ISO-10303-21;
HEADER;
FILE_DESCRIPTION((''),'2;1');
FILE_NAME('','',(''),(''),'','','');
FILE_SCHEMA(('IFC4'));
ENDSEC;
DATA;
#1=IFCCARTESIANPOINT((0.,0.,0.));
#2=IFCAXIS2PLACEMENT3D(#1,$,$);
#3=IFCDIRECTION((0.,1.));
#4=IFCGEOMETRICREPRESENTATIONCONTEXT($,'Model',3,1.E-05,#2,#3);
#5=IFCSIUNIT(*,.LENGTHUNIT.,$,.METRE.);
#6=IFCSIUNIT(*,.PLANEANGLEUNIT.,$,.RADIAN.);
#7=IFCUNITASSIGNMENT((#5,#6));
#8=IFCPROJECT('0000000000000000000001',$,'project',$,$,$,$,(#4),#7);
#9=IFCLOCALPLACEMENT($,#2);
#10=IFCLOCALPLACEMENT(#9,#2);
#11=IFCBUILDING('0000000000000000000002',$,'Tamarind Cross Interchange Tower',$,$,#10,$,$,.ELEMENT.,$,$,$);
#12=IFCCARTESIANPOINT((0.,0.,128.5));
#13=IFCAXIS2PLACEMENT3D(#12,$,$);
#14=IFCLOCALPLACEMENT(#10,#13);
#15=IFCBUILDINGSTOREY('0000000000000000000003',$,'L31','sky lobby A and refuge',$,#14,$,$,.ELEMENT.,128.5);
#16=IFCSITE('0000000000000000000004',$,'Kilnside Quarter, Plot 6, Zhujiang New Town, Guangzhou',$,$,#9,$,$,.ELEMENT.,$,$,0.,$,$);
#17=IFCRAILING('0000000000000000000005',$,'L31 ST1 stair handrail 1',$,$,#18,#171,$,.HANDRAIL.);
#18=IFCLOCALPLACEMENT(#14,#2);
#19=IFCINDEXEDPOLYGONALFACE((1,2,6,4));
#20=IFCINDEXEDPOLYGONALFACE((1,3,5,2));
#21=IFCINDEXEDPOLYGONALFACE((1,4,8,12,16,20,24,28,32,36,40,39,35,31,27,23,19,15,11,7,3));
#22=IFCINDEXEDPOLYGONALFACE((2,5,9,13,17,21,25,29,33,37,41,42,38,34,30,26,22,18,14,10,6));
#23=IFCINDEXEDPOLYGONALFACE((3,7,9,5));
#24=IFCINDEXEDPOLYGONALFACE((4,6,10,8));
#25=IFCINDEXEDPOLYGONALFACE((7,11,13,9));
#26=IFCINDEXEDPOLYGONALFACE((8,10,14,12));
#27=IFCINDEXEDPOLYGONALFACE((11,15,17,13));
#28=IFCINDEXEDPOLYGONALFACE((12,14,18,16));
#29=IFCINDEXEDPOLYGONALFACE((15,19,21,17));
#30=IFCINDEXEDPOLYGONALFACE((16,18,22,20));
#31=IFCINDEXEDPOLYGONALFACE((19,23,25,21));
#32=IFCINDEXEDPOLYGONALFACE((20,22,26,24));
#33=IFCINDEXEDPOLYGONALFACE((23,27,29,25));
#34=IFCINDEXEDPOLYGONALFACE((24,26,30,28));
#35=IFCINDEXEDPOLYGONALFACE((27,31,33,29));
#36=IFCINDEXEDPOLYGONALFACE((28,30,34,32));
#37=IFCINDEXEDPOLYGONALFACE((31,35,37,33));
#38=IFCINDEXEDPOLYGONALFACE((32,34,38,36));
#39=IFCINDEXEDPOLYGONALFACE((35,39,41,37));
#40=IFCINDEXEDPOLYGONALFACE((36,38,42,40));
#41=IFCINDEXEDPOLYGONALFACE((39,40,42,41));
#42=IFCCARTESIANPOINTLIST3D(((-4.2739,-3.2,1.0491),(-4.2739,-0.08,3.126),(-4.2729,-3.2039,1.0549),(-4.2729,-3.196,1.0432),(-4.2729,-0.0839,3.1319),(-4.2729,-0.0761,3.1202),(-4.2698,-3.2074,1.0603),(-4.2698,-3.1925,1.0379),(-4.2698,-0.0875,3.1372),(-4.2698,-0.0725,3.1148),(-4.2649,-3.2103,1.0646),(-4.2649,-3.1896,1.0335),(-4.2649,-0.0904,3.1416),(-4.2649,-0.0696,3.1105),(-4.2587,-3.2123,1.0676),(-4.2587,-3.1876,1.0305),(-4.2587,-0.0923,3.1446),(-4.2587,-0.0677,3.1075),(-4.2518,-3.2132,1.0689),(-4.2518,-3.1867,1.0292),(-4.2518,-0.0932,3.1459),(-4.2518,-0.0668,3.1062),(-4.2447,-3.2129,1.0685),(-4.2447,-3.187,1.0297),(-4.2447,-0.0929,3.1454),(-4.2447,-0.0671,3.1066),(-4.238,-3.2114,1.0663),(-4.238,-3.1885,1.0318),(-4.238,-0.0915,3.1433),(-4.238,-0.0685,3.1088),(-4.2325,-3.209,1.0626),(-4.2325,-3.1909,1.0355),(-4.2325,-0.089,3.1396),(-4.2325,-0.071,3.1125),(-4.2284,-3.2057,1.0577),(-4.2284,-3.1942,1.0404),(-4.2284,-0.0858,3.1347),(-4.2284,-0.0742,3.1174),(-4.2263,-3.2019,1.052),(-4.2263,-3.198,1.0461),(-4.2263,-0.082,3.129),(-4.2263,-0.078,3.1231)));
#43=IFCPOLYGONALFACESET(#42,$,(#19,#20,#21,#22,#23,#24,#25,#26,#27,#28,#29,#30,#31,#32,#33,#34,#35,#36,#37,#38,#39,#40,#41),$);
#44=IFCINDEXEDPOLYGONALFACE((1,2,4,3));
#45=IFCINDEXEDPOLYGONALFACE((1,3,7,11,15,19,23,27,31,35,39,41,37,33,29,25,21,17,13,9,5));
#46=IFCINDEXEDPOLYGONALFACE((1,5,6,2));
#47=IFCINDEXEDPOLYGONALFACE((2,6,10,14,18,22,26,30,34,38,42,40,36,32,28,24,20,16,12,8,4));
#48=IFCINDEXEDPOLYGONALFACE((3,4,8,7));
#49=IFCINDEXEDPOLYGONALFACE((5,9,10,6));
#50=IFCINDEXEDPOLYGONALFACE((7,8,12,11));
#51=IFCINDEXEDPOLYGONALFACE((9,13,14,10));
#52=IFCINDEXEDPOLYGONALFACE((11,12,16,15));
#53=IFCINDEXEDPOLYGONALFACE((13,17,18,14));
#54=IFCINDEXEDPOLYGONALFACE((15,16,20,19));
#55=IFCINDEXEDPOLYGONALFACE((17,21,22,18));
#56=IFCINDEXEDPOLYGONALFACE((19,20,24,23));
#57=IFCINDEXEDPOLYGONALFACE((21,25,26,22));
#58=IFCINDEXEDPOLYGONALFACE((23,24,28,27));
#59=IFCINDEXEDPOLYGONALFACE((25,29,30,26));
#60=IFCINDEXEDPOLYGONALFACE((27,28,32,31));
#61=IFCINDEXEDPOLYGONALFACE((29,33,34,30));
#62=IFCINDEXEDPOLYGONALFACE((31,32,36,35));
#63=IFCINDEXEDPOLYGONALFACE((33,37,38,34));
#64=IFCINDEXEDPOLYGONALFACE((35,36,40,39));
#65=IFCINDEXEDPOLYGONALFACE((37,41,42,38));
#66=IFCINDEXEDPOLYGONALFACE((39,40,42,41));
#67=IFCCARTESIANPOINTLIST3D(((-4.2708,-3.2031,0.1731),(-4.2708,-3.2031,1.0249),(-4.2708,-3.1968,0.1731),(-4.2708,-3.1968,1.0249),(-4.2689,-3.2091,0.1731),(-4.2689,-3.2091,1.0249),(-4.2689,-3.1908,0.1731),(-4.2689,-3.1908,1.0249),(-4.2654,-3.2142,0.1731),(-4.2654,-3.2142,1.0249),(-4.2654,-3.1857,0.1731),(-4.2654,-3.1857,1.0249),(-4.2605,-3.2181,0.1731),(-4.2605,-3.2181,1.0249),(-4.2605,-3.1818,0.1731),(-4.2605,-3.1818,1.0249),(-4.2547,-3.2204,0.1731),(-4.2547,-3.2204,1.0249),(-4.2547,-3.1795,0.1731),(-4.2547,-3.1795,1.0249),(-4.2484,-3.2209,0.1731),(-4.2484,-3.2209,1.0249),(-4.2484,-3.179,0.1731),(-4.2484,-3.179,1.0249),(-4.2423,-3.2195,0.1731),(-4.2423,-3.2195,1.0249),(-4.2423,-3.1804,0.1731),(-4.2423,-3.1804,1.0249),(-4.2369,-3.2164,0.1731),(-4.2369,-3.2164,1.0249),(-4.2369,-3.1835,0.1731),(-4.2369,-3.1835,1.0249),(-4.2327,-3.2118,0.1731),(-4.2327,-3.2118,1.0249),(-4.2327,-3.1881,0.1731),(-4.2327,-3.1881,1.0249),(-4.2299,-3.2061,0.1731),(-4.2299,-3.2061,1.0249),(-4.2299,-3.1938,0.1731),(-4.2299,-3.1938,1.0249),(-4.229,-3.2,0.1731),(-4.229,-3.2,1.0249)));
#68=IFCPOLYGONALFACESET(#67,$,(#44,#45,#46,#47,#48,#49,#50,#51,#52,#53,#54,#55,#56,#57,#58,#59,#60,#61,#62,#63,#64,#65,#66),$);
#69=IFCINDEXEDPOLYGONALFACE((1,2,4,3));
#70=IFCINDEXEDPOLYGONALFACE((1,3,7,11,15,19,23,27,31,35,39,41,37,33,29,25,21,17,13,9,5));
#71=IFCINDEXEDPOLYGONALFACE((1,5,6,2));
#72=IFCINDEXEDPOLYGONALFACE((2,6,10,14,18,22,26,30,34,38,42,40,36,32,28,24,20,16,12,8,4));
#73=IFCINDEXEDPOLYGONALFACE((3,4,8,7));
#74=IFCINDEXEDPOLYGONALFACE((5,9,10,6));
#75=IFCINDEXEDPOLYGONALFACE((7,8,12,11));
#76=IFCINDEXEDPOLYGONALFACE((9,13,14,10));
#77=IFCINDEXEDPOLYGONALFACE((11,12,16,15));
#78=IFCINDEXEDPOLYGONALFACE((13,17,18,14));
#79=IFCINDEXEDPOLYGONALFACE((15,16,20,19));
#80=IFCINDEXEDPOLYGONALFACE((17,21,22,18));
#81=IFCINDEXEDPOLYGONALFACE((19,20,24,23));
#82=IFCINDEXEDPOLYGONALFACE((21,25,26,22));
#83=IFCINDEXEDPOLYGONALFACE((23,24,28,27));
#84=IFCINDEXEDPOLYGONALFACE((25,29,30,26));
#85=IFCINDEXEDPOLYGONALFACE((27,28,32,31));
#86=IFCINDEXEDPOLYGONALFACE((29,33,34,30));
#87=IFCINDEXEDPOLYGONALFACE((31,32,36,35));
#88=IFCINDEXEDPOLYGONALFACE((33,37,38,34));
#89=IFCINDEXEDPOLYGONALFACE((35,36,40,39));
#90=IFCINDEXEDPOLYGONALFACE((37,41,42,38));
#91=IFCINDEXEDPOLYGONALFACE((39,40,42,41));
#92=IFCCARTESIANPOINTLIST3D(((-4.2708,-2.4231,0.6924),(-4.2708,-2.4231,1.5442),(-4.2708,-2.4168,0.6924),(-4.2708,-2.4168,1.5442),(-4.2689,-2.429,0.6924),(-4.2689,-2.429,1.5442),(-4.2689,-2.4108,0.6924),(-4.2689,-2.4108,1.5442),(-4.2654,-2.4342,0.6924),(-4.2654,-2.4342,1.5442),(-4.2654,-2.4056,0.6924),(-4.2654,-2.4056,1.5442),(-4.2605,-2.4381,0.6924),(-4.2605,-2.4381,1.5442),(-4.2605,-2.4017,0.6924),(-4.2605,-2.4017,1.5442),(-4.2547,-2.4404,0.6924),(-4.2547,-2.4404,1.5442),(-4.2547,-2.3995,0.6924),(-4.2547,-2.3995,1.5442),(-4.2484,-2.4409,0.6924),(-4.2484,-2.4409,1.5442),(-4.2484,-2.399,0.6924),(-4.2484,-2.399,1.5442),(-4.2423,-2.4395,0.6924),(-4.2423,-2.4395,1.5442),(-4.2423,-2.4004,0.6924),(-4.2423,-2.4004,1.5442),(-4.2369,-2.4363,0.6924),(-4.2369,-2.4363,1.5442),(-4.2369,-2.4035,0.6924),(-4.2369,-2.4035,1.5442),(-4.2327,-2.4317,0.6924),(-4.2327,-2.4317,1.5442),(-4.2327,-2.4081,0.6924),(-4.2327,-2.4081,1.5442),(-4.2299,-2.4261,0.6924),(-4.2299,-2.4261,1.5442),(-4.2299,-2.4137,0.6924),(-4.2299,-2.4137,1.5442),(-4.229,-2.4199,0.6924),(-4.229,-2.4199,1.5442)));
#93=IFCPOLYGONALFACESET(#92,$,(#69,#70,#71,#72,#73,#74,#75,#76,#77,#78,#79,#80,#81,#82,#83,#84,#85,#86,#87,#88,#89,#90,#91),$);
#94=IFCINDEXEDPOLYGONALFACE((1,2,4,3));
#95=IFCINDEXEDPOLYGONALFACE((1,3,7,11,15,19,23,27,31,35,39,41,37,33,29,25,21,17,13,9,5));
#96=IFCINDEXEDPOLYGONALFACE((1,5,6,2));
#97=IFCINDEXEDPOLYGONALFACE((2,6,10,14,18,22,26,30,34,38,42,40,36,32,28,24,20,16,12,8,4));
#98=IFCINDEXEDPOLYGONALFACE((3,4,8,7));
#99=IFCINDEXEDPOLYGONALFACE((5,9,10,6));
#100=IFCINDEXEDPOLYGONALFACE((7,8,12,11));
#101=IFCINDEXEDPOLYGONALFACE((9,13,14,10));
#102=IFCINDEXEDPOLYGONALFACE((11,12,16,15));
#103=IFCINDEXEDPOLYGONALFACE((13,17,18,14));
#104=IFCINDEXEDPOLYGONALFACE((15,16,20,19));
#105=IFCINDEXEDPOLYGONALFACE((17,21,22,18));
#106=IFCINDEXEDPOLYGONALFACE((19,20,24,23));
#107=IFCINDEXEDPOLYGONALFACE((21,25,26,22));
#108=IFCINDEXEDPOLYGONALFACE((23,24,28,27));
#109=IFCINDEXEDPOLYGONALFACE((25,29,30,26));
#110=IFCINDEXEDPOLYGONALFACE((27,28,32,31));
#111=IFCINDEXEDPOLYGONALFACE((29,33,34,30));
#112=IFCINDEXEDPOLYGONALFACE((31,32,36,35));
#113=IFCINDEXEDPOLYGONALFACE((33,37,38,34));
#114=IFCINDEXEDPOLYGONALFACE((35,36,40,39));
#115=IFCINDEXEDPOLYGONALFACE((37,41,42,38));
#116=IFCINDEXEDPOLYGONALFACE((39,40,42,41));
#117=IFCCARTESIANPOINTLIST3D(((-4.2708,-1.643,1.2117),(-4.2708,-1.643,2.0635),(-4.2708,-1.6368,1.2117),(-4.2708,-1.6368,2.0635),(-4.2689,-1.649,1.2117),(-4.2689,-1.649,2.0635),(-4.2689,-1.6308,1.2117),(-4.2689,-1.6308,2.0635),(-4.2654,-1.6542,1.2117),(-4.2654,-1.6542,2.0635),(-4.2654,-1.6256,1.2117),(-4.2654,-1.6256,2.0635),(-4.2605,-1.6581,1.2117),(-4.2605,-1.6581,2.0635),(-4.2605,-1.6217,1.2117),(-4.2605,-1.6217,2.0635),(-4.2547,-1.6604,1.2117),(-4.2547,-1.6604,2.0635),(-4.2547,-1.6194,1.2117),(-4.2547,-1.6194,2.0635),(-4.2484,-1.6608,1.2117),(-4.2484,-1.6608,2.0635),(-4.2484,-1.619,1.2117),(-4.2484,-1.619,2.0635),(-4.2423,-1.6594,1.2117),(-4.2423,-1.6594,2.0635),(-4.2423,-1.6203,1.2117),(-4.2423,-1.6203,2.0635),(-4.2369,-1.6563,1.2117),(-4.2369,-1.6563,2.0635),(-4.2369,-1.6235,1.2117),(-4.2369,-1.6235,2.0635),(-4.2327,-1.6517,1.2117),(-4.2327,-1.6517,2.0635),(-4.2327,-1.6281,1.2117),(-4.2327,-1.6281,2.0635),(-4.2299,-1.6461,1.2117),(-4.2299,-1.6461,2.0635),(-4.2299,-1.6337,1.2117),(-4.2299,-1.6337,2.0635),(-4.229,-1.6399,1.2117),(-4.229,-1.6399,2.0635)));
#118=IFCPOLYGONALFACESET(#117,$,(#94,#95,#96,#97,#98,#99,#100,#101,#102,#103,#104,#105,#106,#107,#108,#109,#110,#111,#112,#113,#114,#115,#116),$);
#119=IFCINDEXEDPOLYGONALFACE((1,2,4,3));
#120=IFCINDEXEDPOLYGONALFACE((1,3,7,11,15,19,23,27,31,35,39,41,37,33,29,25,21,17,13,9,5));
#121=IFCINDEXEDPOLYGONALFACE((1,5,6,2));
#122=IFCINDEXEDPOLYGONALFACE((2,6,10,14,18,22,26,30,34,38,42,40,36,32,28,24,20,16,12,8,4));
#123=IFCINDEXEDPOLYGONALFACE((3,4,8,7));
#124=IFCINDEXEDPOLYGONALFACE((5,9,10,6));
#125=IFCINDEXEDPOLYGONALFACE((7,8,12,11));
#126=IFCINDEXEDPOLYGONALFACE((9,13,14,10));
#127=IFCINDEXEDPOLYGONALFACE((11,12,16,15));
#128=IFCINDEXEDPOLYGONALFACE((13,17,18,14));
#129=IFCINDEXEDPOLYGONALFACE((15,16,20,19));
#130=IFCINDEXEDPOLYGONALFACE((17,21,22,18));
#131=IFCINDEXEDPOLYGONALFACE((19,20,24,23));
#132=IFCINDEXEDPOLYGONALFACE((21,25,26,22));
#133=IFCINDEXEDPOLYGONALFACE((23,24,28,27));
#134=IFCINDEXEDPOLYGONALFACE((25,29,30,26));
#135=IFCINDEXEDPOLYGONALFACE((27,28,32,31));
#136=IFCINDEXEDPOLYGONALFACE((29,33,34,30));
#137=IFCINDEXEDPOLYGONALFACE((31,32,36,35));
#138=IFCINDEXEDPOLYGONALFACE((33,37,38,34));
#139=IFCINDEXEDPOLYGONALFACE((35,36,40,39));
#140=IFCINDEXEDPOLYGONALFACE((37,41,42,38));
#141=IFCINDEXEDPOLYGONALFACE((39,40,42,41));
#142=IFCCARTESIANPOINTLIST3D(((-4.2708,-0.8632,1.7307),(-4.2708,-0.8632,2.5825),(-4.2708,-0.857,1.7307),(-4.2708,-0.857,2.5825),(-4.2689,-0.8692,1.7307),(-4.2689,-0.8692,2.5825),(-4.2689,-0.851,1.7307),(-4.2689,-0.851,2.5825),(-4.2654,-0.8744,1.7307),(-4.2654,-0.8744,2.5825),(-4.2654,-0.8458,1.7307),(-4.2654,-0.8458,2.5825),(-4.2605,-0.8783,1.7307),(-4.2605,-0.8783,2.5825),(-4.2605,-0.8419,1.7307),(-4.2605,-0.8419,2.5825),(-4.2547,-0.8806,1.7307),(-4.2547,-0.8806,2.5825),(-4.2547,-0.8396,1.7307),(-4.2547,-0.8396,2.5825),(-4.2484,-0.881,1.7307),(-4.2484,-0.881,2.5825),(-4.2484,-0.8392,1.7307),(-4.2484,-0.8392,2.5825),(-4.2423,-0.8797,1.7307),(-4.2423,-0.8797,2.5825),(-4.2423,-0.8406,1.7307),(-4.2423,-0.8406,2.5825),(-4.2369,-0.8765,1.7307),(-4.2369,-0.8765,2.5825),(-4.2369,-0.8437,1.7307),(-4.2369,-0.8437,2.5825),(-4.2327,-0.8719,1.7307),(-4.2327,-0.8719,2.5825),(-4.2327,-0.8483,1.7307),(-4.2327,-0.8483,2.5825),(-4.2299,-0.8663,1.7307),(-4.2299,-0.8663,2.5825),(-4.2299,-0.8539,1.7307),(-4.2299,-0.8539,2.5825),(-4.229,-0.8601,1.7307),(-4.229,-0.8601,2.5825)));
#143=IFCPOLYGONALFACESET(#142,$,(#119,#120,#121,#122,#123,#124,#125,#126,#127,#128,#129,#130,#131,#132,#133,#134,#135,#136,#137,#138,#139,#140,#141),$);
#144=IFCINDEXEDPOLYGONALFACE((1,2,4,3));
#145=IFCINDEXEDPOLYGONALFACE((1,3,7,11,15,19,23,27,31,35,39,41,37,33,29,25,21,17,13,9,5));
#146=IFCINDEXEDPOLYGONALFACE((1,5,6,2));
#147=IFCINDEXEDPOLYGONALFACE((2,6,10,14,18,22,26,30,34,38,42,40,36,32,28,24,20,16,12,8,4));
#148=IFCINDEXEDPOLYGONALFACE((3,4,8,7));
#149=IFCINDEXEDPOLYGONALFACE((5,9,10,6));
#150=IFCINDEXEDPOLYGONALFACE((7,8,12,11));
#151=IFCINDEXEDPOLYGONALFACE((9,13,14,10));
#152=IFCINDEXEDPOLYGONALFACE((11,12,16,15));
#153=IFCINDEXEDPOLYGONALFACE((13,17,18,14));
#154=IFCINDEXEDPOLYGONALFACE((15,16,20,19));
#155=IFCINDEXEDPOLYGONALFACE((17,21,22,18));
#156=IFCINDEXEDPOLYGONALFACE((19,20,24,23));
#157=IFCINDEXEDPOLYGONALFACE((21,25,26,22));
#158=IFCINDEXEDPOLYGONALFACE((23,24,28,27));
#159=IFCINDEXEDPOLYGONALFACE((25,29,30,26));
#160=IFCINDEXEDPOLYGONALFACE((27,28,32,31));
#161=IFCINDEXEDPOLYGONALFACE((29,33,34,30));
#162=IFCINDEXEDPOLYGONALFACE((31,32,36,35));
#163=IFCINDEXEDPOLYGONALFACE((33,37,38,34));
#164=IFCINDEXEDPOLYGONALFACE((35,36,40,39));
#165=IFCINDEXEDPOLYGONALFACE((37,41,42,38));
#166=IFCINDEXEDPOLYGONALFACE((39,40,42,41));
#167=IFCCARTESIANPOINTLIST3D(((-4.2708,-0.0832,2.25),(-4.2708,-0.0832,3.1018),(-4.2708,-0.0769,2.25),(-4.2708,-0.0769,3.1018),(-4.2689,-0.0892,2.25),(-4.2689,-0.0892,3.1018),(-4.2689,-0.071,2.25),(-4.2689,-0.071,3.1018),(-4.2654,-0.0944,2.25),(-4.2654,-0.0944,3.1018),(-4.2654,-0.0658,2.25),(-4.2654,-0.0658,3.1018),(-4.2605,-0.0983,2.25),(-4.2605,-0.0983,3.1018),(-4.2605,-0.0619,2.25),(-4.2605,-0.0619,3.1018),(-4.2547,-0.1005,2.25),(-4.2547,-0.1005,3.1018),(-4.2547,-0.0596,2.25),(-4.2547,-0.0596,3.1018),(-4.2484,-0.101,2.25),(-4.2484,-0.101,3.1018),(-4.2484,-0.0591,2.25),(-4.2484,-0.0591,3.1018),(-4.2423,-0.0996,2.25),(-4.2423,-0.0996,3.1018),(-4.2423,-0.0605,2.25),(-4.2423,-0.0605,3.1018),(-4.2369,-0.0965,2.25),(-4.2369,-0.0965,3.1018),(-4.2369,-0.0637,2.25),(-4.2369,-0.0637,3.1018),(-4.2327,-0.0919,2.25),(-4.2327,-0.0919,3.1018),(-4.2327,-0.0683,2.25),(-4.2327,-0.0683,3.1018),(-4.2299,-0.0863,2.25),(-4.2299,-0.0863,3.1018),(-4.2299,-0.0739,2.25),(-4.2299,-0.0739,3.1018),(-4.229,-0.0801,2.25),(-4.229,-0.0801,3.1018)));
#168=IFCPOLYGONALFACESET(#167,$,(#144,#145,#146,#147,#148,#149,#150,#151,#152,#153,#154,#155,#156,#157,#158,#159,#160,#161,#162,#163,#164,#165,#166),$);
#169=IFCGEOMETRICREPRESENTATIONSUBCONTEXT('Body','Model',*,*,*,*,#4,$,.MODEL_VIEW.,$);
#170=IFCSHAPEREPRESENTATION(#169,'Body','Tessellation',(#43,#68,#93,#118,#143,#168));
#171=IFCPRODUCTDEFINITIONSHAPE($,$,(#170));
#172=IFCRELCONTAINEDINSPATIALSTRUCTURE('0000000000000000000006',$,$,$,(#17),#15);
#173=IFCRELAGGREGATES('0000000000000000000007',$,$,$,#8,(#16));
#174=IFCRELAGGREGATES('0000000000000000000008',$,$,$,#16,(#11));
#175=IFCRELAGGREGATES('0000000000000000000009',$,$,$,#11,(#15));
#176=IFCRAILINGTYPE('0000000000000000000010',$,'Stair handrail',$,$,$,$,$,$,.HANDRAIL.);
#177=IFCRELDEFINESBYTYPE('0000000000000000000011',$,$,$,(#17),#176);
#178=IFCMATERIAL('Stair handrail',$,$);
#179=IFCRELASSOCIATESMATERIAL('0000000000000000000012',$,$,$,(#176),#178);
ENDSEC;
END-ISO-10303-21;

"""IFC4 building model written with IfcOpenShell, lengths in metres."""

from ifc_helpers import new_model, si_unit, direction, frame, origin, origin_2d, place, context, subcontext, project, spatial, circle, extrude, material, type_object, element, save


model = new_model("IFC4")

# Units and contexts
model_context = context("Model", 3, precision=1e-05, world=origin(), true_north=direction((0.0, 1.0)))
body_context = subcontext(model_context, "Body", "Model", "MODEL_VIEW")
ifc_project = project(units=[si_unit("LENGTHUNIT", "METRE"), si_unit("PLANEANGLEUNIT", "RADIAN")], contexts=[model_context])

# Site, building, storey
site_placement = place(None, origin())
site = spatial("IfcSite", under=ifc_project, at=site_placement, Name="Kilnside Quarter, Plot 6, Zhujiang New Town, Guangzhou", CompositionType="ELEMENT", RefElevation=0.0)
building_placement = place(site_placement, origin())
building = spatial("IfcBuilding", under=site, at=building_placement, Name="Tamarind Cross Interchange Tower", CompositionType="ELEMENT")
storey_placement = place(building_placement, frame((0.0, 0.0, 128.5)))
storey = spatial("IfcBuildingStorey", under=building, at=storey_placement, Name="L31", Description="sky lobby A and refuge", CompositionType="ELEMENT", Elevation=128.5)

# Railing
ifc_material_1 = material(Name="Stair handrail")
railing_type_1 = type_object("IfcRailingType", Name="Stair handrail", PredefinedType="HANDRAIL", material=ifc_material_1)
railing_1_placement = place(storey_placement, frame((-4.25, -3.2, 0.1731)))
element("IfcRailing", 1, at=railing_1_placement, inside=storey, type_object=railing_type_1, Name="L31 ST1 stair handrail 1", PredefinedType="HANDRAIL", context=body_context, shape_type="SweptSolid", body=[
    extrude(circle(Radius=0.0239, at=origin_2d()), frame((0.0, 0.0, 0.876), z_axis=(0.0, 0.832421, 0.554144), x_axis=(-1.0, 0.0, 0.0)), (0.0, 0.0, 1.0), 3.748),
    extrude(circle(Radius=0.021, at=origin_2d()), origin(), (0.0, 0.0, 1.0), 0.8518),
    extrude(circle(Radius=0.021, at=origin_2d()), frame((0.0, 0.78, 0.5193)), (0.0, 0.0, 1.0), 0.8518),
    extrude(circle(Radius=0.021, at=origin_2d()), frame((0.0, 1.5601, 1.0386)), (0.0, 0.0, 1.0), 0.8518),
    extrude(circle(Radius=0.021, at=origin_2d()), frame((0.0, 2.3398, 1.5576)), (0.0, 0.0, 1.0), 0.8518),
    extrude(circle(Radius=0.021, at=origin_2d()), frame((0.0, 3.1199, 2.0769)), (0.0, 0.0, 1.0), 0.8518),
])

save(model, "model.ifc")
